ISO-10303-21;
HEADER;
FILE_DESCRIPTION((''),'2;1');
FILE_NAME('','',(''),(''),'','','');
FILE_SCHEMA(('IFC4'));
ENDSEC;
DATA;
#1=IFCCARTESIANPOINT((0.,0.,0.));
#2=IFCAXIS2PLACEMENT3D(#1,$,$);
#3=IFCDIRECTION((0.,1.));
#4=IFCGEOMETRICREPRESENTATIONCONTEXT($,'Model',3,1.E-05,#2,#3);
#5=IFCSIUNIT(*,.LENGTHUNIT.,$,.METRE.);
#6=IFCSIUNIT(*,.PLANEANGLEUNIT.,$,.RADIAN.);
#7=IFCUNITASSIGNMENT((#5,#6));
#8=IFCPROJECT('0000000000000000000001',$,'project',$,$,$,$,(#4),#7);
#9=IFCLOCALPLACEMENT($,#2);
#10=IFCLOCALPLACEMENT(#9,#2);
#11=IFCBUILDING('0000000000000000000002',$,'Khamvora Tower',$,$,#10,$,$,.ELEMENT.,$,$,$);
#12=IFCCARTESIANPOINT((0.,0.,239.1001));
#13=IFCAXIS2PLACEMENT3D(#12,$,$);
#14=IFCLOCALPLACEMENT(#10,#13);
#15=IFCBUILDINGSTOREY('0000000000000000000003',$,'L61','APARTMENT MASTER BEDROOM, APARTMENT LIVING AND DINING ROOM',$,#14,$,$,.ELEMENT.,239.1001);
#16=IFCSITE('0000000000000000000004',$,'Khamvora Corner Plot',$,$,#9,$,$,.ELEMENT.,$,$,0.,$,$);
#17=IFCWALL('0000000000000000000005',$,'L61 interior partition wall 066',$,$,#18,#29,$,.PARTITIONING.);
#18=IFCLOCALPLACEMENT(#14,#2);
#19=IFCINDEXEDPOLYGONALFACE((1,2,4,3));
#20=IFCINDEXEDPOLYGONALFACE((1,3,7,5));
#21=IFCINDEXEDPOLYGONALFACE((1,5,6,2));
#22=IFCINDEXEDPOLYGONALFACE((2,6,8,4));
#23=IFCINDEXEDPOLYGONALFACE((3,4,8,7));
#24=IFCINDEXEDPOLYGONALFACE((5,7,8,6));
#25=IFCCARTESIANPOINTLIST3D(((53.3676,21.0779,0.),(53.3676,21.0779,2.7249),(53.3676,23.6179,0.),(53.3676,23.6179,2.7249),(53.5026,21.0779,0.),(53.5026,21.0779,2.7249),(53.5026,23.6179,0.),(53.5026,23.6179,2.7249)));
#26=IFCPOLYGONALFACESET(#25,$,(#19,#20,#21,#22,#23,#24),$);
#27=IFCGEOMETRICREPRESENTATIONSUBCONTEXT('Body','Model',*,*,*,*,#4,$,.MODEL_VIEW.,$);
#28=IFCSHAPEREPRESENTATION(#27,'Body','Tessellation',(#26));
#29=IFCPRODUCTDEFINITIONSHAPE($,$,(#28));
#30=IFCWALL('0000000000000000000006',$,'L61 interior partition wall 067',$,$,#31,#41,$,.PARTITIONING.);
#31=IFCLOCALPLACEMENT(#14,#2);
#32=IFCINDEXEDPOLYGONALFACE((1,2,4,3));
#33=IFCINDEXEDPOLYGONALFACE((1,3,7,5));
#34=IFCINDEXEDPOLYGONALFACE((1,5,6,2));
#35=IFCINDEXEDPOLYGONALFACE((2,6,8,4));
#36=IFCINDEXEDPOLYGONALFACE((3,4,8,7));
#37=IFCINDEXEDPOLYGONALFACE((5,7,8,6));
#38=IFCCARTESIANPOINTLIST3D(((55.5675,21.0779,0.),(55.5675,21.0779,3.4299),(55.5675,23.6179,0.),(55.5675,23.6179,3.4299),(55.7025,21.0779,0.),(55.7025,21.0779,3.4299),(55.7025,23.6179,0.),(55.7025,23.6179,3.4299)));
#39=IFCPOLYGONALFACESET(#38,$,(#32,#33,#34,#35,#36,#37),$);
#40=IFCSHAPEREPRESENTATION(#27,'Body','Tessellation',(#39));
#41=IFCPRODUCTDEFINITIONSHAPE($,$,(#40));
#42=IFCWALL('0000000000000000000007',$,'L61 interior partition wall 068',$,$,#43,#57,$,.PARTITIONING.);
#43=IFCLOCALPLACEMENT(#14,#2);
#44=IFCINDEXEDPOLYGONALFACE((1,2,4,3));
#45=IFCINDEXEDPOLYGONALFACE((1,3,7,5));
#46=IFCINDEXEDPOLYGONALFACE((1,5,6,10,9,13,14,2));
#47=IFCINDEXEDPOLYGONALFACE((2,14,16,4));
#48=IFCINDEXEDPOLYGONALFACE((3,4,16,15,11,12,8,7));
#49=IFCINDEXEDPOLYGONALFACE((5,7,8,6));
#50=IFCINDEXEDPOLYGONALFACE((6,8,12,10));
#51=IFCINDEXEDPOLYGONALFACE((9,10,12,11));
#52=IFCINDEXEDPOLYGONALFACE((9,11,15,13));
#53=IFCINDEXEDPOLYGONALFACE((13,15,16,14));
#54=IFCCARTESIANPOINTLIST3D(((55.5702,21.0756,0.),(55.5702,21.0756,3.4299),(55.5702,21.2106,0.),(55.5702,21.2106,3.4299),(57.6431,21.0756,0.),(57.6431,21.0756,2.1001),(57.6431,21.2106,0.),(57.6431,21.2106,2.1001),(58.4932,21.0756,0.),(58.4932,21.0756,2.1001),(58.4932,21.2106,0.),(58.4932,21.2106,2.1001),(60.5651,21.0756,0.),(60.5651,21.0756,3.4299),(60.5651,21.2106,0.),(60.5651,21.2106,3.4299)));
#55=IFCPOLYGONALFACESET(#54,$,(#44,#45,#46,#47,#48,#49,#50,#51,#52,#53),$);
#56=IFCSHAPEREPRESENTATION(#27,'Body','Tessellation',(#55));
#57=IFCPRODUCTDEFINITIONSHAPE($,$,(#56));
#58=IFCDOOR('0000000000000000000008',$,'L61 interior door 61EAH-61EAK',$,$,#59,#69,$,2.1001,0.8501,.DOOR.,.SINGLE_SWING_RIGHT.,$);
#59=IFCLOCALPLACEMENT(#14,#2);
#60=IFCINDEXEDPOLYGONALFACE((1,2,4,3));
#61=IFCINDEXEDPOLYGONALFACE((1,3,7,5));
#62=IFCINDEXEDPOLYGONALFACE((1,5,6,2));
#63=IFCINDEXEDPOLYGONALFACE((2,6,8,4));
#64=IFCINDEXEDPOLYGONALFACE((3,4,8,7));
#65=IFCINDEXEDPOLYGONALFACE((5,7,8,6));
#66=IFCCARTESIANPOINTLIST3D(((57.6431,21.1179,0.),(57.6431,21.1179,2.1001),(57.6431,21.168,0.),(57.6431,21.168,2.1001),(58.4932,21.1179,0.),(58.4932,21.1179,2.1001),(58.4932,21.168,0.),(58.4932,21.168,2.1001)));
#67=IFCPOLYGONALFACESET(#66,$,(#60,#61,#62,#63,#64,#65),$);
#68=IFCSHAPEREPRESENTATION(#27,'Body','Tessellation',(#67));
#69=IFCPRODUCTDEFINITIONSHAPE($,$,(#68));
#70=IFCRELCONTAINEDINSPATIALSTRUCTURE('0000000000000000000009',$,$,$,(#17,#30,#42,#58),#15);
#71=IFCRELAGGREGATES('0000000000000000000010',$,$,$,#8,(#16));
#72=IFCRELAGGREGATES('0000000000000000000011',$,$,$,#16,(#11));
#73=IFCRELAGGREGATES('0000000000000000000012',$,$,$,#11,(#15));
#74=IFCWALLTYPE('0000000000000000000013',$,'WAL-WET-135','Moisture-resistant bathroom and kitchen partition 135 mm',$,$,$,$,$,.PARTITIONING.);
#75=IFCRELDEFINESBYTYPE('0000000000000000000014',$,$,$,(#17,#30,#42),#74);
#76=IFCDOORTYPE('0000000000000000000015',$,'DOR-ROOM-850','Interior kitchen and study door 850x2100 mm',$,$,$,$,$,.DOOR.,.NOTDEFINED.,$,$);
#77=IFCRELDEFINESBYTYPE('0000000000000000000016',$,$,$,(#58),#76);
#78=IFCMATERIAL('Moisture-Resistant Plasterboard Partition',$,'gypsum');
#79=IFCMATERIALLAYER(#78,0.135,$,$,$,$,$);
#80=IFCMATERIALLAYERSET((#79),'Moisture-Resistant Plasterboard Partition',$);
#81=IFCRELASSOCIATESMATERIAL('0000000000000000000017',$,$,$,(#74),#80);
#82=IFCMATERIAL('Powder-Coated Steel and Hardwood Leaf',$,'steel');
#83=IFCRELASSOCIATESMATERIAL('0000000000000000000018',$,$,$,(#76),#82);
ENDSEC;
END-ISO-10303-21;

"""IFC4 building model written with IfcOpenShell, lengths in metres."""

from ifc_helpers import new_model, si_unit, direction, frame, frame_2d, origin, place, context, subcontext, project, spatial, rectangle, extrude, material, layer, layer_set, type_object, element, fill, save


model = new_model("IFC4")

# Units and contexts
model_context = context("Model", 3, precision=1e-05, world=origin(), true_north=direction((0.0, 1.0)))
body_context = subcontext(model_context, "Body", "Model", "MODEL_VIEW")
ifc_project = project(units=[si_unit("LENGTHUNIT", "METRE"), si_unit("PLANEANGLEUNIT", "RADIAN")], contexts=[model_context])

# Site, building, storey
site_placement = place(None, origin())
site = spatial("IfcSite", under=ifc_project, at=site_placement, Name="Khamvora Corner Plot", CompositionType="ELEMENT", RefElevation=0.0)
building_placement = place(site_placement, origin())
building = spatial("IfcBuilding", under=site, at=building_placement, Name="Khamvora Tower", CompositionType="ELEMENT")
storey_placement = place(building_placement, frame((0.0, 0.0, 239.1001)))
storey = spatial("IfcBuildingStorey", under=building, at=storey_placement, Name="L61", Description="APARTMENT MASTER BEDROOM, APARTMENT LIVING AND DINING ROOM", CompositionType="ELEMENT", Elevation=239.1001)

# Shared definitions
ifc_material_1 = material(Name="Powder-Coated Steel and Hardwood Leaf", Category="steel")

# Walls
ifc_material_2 = material(Name="Moisture-Resistant Plasterboard Partition", Category="gypsum")
ifc_layer_1 = layer(ifc_material_2, 0.135)
ifc_layer_set_1 = layer_set([ifc_layer_1], Name="Moisture-Resistant Plasterboard Partition")
wall_type_1 = type_object("IfcWallType", Name="WAL-WET-135", Description="Moisture-resistant bathroom and kitchen partition 135 mm", PredefinedType="PARTITIONING", material=ifc_layer_set_1)
wall_1_placement = place(storey_placement, frame((53.4351, 21.0779, 0.0), z_axis=(0.0, 0.0, 1.0), x_axis=(0.0, 1.0, 0.0)))
element("IfcWall", 1, at=wall_1_placement, inside=storey, type_object=wall_type_1, Name="L61 interior partition wall 066", PredefinedType="PARTITIONING", context=body_context, shape_type="SweptSolid", body=[
    extrude(rectangle(XDim=2.54, YDim=0.135, at=frame_2d((1.27, 0.0))), origin(), (0.0, 0.0, 1.0), 2.7249),
])
wall_2_placement = place(storey_placement, frame((55.635, 23.6179, 0.0), z_axis=(0.0, 0.0, 1.0), x_axis=(0.0, -1.0, 0.0)))
element("IfcWall", 2, at=wall_2_placement, inside=storey, type_object=wall_type_1, Name="L61 interior partition wall 067", PredefinedType="PARTITIONING", context=body_context, shape_type="SweptSolid", body=[
    extrude(rectangle(XDim=2.54, YDim=0.135, at=frame_2d((1.27, 0.0))), origin(), (0.0, 0.0, 1.0), 3.4299),
])

# Wall, opening, door
wall_3_placement = place(storey_placement, frame((55.5701, 21.1431, 0.0), z_axis=(0.0, 0.0, 1.0), x_axis=(1.0, 0.0, 0.0)))
wall_3 = element("IfcWall", 3, at=wall_3_placement, inside=storey, type_object=wall_type_1, Name="L61 interior partition wall 068", PredefinedType="PARTITIONING", context=body_context, shape_type="SweptSolid", body=[
    extrude(rectangle(XDim=4.9949, YDim=0.135, at=frame_2d((2.4976, 0.0))), origin(), (0.0, 0.0, 1.0), 3.4299),
])
opening_1_placement = place(wall_3_placement, frame((2.073, 0.0, 0.0)))
opening_1 = element("IfcOpeningElement", 4, at=opening_1_placement, cuts=wall_3, PredefinedType="OPENING", context=body_context, shape_type="SweptSolid", body=[
    extrude(rectangle(XDim=0.8501, YDim=2.1001, at=frame_2d((0.425, 1.05))), frame((0.0, 0.0774, 0.0), z_axis=(0.0, -1.0, 0.0), x_axis=(1.0, 0.0, 0.0)), (0.0, 0.0, 1.0), 0.155),
])
door_type_1 = type_object("IfcDoorType", Name="DOR-ROOM-850", Description="Interior kitchen and study door 850x2100 mm", OperationType="NOTDEFINED", PredefinedType="DOOR", material=ifc_material_1)
door_1_placement = place(opening_1_placement, origin())
door_1 = element("IfcDoor", 5, at=door_1_placement, inside=storey, type_object=door_type_1, Name="L61 interior door 61EAH-61EAK", OperationType="SINGLE_SWING_RIGHT", OverallHeight=2.1001, OverallWidth=0.8501, PredefinedType="DOOR", context=body_context, shape_type="SweptSolid", body=[
    extrude(rectangle(XDim=0.8501, YDim=2.1001, at=frame_2d((0.425, 1.05))), frame((0.0, 0.0249, 0.0), z_axis=(0.0, -1.0, 0.0), x_axis=(1.0, 0.0, 0.0)), (0.0, 0.0, 1.0), 0.05),
])
fill(opening_1, door_1)

save(model, "model.ifc")
